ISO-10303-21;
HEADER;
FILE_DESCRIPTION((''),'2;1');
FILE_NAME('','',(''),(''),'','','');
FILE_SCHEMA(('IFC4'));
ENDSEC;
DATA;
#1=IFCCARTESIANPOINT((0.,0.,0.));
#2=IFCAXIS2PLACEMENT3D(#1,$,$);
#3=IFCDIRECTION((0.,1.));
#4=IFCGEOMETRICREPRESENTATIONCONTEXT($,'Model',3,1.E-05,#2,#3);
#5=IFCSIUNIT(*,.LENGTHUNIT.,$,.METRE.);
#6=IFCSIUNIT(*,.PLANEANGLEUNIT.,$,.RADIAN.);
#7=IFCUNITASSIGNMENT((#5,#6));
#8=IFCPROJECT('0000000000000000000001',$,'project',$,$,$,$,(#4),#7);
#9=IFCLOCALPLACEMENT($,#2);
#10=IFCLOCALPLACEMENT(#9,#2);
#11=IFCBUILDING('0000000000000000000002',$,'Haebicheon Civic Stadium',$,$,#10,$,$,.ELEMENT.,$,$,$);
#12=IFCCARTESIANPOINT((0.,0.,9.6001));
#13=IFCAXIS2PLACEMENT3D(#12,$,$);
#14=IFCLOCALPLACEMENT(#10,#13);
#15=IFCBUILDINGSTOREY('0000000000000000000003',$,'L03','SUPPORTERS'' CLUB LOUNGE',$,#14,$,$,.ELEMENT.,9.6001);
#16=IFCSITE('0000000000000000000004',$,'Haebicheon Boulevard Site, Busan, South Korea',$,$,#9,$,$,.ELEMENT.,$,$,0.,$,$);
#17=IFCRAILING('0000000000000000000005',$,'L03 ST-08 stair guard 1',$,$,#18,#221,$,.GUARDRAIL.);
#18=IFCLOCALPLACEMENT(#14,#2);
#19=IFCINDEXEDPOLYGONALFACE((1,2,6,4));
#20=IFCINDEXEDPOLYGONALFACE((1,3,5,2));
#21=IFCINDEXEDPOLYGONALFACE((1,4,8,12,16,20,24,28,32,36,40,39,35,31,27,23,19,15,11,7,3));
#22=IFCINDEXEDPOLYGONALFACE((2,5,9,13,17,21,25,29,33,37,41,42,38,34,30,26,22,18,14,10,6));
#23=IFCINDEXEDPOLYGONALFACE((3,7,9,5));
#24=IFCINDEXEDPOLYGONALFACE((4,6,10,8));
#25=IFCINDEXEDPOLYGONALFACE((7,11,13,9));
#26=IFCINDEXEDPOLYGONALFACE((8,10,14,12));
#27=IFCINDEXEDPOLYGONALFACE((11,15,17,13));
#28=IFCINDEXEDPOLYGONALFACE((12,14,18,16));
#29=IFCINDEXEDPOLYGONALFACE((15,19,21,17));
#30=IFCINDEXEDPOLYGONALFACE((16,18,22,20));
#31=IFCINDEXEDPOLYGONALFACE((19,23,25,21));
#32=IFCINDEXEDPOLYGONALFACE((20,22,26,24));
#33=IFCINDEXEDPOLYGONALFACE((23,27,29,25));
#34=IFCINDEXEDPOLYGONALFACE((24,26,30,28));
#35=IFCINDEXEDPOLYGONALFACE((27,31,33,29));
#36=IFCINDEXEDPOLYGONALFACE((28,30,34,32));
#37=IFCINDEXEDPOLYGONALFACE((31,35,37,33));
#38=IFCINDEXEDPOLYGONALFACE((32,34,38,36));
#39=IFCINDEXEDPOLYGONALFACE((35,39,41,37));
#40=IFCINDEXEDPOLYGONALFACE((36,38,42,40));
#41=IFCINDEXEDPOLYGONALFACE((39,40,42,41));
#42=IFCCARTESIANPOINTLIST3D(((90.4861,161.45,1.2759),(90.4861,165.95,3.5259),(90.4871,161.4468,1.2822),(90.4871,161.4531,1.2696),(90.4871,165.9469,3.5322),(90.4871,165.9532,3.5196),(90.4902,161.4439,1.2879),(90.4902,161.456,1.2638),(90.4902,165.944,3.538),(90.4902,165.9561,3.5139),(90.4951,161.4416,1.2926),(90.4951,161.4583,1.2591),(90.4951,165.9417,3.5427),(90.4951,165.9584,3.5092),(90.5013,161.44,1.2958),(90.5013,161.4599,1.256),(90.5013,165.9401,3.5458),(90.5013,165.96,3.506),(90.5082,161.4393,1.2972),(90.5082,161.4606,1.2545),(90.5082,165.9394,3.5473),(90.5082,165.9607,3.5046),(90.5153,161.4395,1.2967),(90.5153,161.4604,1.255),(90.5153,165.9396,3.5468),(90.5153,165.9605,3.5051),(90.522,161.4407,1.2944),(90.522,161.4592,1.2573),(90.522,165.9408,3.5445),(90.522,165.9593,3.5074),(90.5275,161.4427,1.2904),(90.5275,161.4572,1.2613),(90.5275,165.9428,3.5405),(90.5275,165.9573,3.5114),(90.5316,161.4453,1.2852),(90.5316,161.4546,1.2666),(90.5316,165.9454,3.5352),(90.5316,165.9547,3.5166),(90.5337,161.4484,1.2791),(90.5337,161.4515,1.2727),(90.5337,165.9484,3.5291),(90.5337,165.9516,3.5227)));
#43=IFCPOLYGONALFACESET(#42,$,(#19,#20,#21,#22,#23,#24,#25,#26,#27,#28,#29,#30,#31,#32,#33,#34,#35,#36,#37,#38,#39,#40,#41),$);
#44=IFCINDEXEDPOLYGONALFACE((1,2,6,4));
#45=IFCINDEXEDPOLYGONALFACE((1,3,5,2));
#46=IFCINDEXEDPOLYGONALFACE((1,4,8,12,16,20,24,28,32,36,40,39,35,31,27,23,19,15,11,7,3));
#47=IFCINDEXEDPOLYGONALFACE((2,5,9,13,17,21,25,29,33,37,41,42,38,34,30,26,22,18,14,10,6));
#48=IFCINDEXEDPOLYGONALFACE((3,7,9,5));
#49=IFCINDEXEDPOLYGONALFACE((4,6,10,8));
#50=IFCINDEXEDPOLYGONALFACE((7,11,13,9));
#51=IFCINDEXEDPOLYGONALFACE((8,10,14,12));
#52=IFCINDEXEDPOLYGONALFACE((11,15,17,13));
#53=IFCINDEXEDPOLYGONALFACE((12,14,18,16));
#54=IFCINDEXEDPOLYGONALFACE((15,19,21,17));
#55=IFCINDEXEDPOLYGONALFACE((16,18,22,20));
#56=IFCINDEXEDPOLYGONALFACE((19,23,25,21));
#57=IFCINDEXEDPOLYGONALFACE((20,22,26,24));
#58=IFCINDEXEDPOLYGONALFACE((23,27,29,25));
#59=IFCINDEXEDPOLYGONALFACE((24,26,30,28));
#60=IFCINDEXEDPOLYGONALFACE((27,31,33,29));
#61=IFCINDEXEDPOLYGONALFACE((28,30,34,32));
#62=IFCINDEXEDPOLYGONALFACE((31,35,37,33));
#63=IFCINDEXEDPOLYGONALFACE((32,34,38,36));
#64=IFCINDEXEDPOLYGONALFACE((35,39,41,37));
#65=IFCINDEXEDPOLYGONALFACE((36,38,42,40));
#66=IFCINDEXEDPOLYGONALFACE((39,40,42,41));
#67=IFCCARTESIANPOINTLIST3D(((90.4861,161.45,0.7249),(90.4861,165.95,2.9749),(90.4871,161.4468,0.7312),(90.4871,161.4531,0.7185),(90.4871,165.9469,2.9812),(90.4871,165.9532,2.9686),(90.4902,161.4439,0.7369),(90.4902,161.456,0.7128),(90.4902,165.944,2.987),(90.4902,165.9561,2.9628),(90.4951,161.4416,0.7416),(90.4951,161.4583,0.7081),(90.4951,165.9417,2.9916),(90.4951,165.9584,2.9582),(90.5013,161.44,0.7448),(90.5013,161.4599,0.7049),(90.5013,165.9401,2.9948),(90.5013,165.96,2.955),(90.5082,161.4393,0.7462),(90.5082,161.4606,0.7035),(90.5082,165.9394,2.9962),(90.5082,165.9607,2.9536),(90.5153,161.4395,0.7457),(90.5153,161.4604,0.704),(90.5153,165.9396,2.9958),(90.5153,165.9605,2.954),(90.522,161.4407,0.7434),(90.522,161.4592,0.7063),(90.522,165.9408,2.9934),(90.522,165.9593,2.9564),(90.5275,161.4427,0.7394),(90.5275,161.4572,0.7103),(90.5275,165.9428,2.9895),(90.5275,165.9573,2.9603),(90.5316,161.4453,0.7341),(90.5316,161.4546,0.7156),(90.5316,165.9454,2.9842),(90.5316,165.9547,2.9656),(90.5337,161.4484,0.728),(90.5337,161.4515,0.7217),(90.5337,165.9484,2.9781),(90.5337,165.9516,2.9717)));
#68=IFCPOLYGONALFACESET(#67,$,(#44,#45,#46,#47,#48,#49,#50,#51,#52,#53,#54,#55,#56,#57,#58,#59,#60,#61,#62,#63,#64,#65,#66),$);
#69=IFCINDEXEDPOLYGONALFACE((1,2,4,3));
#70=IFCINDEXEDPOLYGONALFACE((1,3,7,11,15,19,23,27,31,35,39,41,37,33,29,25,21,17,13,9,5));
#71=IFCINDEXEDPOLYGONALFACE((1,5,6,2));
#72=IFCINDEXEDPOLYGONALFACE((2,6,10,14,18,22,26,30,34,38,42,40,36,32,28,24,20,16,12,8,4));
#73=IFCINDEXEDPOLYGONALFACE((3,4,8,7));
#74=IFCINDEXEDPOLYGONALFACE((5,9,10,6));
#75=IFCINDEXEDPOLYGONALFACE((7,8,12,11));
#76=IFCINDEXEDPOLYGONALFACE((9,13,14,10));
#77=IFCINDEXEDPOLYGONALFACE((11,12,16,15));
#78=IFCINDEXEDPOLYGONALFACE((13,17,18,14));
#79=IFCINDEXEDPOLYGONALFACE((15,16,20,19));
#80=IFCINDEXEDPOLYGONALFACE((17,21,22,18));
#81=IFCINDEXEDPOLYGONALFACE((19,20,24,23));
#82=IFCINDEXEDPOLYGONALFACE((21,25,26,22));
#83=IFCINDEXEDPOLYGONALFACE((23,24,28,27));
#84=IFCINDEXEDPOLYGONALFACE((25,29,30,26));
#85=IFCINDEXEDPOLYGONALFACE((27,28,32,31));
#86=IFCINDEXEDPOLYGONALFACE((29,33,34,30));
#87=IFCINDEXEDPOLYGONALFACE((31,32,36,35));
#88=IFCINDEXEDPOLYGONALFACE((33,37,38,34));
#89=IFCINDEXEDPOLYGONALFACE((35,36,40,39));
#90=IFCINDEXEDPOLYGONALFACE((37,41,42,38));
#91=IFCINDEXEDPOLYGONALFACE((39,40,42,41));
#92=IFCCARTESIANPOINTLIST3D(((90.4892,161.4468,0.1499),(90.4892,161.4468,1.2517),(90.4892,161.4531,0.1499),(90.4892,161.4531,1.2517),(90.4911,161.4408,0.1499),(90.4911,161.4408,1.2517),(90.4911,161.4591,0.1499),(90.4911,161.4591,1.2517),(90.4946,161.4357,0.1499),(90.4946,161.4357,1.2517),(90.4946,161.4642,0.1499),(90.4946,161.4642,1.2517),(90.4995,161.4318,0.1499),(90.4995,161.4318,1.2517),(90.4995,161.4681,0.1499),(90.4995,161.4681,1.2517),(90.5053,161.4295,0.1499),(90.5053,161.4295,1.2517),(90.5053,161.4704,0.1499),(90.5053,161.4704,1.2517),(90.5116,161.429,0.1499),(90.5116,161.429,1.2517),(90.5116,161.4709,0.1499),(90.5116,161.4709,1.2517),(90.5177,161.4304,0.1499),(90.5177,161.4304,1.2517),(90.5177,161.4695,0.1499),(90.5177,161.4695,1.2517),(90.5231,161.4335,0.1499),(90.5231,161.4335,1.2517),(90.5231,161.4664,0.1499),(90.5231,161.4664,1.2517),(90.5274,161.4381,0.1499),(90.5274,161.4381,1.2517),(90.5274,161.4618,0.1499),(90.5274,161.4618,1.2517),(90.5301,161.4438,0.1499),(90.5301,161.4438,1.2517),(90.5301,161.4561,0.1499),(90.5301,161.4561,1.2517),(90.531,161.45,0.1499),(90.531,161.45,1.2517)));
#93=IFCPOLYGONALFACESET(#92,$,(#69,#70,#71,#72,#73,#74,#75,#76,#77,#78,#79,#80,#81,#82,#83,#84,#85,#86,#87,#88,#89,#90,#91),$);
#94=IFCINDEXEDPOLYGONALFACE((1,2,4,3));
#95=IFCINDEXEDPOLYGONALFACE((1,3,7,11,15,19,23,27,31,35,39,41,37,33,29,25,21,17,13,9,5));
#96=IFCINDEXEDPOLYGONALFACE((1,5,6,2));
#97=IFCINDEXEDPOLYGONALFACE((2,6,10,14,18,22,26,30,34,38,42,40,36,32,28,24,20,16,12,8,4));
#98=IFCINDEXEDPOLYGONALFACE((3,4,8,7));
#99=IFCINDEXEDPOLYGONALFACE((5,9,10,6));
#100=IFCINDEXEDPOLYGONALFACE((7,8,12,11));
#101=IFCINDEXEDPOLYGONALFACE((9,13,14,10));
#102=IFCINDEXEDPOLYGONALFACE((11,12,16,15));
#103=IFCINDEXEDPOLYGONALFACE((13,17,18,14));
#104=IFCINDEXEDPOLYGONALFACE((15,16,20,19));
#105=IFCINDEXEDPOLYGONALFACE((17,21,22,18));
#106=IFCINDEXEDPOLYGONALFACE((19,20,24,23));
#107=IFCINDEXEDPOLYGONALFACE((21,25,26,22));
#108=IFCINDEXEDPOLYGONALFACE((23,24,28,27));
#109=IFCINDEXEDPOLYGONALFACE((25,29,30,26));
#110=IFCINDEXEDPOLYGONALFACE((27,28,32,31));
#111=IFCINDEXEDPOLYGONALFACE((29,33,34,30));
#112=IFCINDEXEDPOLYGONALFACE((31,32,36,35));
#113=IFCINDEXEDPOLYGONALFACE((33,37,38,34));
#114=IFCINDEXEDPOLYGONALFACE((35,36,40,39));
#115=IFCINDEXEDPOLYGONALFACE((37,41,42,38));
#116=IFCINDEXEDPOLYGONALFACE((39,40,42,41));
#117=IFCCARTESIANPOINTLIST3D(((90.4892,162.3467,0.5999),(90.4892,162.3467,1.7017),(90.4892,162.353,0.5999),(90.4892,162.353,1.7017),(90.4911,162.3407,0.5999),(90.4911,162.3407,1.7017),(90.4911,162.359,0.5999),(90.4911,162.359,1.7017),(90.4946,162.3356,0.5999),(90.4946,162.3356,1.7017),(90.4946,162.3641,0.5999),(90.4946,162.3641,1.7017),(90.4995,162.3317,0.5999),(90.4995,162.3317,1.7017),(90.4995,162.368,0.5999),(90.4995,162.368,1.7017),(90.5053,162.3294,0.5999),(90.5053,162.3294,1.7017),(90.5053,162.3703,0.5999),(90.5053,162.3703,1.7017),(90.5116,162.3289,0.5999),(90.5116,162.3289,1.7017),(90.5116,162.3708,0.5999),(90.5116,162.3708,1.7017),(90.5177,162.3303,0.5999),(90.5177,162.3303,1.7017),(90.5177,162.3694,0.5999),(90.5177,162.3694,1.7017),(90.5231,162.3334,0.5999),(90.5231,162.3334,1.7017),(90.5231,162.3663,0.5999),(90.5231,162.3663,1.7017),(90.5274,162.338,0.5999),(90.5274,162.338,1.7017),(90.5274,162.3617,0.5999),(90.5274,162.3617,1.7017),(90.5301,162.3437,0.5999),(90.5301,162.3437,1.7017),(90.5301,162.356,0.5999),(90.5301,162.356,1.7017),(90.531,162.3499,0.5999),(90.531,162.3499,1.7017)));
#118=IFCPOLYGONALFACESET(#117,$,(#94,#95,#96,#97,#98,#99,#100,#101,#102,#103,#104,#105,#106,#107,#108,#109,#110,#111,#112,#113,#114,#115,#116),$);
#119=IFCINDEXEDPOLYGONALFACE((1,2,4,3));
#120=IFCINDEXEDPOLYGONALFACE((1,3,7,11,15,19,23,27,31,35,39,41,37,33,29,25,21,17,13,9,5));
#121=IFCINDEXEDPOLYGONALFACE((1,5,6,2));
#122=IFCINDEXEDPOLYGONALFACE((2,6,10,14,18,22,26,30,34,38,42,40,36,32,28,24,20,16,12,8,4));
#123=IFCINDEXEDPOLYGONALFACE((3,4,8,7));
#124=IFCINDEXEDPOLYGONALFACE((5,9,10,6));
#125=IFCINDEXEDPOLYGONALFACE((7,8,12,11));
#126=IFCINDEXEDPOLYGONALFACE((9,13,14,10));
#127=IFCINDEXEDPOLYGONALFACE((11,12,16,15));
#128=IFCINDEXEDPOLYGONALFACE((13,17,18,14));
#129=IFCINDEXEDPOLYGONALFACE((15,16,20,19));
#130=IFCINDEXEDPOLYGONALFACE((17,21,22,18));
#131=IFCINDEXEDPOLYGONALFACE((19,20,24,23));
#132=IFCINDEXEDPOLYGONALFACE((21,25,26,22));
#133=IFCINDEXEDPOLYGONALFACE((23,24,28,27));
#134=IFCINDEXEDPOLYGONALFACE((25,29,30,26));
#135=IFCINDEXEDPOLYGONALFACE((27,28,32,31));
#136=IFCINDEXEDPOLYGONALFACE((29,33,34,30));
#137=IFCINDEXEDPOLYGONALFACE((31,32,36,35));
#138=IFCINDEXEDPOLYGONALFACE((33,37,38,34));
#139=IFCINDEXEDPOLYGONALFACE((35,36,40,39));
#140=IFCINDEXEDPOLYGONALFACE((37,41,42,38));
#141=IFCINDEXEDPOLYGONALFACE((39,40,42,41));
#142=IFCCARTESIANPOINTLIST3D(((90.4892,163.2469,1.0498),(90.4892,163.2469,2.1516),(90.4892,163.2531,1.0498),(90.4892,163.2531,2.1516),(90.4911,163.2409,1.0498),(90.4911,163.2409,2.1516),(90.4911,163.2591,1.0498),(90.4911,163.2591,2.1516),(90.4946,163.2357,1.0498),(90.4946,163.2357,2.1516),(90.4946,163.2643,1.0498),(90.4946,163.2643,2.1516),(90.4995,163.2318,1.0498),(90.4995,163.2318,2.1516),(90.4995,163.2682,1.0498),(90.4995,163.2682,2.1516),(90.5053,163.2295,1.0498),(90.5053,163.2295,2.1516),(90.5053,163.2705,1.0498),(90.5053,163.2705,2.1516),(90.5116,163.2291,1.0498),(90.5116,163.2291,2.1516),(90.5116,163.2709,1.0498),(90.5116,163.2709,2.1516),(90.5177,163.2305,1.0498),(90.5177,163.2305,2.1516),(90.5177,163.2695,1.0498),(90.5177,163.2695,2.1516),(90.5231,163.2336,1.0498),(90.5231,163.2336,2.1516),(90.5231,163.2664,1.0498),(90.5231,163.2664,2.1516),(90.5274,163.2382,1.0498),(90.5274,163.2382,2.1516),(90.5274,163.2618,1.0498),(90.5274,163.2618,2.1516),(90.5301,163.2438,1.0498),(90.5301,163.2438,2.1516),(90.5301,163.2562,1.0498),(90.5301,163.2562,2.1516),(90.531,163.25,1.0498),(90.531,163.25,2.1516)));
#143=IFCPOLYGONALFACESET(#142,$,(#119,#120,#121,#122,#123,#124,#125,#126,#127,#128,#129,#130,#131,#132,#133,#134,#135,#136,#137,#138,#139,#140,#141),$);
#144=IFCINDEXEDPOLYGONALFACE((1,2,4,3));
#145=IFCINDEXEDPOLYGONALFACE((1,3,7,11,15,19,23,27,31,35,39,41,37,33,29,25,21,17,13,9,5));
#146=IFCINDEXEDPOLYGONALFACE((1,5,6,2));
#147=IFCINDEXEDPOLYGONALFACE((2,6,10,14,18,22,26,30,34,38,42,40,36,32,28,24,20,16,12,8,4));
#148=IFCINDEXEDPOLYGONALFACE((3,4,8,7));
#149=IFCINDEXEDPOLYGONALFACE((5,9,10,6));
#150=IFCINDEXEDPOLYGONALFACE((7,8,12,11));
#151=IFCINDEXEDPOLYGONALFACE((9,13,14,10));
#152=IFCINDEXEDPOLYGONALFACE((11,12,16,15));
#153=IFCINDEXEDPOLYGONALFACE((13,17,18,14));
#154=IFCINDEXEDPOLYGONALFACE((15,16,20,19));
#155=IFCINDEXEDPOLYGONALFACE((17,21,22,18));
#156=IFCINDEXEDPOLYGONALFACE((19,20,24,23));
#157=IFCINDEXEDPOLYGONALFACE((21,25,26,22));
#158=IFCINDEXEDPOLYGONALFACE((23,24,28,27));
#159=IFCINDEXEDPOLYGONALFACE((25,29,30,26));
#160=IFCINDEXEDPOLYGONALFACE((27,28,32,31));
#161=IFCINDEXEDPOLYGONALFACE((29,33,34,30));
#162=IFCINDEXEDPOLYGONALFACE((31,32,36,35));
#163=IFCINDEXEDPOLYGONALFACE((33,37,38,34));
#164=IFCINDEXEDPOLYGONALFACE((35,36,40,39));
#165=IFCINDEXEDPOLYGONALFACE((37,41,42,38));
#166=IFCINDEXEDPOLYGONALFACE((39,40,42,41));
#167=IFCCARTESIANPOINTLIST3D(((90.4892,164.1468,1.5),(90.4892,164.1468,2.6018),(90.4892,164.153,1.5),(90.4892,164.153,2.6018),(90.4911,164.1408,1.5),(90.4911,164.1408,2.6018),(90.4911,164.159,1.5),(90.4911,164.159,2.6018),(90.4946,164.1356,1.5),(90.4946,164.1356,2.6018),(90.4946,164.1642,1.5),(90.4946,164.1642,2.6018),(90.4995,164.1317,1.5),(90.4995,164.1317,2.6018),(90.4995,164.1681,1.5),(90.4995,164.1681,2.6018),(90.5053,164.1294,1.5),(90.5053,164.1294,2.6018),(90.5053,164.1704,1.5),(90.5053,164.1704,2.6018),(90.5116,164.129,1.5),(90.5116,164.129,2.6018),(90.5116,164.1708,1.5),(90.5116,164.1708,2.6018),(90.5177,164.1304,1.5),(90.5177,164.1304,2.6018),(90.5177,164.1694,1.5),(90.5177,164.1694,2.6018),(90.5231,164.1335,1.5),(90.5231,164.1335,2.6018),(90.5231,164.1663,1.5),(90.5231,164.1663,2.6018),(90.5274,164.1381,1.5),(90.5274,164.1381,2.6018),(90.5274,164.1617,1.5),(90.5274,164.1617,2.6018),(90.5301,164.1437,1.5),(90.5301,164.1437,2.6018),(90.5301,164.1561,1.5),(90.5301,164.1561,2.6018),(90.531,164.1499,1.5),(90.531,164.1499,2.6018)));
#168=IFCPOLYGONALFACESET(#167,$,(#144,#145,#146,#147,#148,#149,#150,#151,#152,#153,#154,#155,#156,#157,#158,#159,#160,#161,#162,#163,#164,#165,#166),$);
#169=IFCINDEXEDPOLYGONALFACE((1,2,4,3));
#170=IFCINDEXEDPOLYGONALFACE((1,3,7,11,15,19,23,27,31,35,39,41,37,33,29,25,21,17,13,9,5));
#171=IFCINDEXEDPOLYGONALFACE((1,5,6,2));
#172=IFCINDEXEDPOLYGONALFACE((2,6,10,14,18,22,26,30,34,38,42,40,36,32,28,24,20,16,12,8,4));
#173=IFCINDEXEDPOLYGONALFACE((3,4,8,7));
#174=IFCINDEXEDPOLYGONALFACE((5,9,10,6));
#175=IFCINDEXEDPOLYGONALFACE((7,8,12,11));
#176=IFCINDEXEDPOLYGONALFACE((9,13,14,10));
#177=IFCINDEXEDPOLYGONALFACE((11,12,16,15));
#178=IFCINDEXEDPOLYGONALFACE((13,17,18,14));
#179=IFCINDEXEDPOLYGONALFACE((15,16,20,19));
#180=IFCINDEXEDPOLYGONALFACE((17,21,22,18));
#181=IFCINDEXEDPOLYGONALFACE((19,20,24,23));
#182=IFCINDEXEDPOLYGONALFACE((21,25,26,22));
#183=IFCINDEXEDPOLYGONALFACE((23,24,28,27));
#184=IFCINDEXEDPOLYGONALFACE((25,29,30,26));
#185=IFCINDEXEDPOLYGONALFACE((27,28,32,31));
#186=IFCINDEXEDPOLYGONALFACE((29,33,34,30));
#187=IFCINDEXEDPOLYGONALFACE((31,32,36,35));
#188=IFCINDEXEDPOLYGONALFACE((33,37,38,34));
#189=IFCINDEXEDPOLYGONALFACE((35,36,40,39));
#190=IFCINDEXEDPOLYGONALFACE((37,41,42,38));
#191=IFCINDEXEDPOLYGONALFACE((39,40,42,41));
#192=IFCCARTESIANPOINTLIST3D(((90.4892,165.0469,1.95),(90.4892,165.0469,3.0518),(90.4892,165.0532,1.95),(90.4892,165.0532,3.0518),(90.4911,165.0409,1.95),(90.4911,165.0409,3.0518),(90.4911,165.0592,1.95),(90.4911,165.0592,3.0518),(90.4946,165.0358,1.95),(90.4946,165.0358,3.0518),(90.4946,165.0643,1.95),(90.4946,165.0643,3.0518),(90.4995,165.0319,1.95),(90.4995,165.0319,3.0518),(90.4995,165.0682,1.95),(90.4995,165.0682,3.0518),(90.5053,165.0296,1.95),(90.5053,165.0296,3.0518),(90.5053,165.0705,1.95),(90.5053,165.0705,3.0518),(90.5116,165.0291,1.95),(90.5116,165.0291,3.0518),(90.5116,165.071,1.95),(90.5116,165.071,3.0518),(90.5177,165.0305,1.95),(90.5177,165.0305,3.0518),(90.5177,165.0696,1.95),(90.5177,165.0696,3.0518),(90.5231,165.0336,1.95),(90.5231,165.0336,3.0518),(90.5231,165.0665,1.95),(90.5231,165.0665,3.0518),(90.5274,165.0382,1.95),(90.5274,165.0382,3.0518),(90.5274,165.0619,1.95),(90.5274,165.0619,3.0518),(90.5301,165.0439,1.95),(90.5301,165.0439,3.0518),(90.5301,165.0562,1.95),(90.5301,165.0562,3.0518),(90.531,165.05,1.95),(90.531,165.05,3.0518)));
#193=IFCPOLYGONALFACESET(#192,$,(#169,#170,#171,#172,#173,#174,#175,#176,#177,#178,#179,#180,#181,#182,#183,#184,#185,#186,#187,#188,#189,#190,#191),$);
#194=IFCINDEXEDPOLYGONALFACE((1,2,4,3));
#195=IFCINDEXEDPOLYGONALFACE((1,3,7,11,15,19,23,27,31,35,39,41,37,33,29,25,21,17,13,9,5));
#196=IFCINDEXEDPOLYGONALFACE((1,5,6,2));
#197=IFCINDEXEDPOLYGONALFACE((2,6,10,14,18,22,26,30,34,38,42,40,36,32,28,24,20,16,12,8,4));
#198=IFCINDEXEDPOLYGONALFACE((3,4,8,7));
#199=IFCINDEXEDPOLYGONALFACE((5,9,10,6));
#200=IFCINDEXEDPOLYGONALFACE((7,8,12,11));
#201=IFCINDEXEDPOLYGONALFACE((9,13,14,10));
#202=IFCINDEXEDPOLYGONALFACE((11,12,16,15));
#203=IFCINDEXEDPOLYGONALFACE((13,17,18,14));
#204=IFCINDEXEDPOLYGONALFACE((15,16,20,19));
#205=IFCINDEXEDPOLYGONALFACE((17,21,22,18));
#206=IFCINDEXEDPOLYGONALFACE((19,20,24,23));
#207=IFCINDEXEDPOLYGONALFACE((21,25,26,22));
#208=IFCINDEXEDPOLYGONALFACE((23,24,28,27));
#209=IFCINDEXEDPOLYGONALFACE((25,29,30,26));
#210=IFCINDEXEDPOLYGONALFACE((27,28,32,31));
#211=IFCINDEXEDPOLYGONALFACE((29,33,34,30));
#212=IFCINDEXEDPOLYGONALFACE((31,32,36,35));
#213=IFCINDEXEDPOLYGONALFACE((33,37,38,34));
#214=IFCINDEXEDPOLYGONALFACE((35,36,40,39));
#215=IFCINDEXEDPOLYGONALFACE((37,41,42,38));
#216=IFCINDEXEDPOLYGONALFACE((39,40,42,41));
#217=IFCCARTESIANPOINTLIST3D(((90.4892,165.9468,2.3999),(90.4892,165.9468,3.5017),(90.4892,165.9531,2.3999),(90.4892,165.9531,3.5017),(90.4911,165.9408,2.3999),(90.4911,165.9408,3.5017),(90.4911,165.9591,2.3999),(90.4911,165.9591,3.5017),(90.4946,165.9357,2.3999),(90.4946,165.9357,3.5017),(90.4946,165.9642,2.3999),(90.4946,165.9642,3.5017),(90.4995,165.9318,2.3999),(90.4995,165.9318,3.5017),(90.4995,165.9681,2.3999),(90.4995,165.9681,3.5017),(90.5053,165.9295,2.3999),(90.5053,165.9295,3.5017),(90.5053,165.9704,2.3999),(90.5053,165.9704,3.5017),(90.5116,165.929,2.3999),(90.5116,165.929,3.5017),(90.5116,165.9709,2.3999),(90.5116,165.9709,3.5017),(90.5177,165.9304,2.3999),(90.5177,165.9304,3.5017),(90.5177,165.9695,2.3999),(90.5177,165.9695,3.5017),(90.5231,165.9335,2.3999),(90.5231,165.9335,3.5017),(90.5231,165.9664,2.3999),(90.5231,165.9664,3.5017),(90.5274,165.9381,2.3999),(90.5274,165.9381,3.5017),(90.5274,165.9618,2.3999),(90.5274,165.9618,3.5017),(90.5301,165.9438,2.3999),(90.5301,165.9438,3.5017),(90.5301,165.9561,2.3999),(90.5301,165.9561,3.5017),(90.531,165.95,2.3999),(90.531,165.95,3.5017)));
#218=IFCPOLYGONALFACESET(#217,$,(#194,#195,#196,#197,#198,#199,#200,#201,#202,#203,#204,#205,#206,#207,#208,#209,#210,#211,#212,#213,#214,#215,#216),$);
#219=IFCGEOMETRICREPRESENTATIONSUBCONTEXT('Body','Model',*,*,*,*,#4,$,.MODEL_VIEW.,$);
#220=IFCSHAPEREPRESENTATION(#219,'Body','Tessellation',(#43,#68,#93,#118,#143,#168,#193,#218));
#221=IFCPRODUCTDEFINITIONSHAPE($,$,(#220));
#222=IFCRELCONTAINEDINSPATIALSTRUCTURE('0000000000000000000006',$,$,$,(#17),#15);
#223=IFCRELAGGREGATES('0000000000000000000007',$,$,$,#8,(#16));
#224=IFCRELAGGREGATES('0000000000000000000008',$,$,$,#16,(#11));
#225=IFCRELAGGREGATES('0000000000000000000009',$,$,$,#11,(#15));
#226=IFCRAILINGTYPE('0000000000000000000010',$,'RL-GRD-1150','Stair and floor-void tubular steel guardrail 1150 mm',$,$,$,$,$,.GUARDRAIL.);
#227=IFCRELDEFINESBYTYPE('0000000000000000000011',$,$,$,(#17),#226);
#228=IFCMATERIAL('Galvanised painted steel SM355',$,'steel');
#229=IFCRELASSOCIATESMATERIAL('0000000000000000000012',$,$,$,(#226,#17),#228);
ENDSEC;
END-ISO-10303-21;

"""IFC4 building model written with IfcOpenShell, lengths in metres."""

from ifc_helpers import new_model, si_unit, direction, frame, origin, origin_2d, place, context, subcontext, project, spatial, circle, extrude, material, type_object, element, save


model = new_model("IFC4")

# Units and contexts
model_context = context("Model", 3, precision=1e-05, world=origin(), true_north=direction((0.0, 1.0)))
body_context = subcontext(model_context, "Body", "Model", "MODEL_VIEW")
ifc_project = project(units=[si_unit("LENGTHUNIT", "METRE"), si_unit("PLANEANGLEUNIT", "RADIAN")], contexts=[model_context])

# Site, building, storey
site_placement = place(None, origin())
site = spatial("IfcSite", under=ifc_project, at=site_placement, Name="Haebicheon Boulevard Site, Busan, South Korea", CompositionType="ELEMENT", RefElevation=0.0)
building_placement = place(site_placement, origin())
building = spatial("IfcBuilding", under=site, at=building_placement, Name="Haebicheon Civic Stadium", CompositionType="ELEMENT")
storey_placement = place(building_placement, frame((0.0, 0.0, 9.6001)))
storey = spatial("IfcBuildingStorey", under=building, at=storey_placement, Name="L03", Description="SUPPORTERS' CLUB LOUNGE", CompositionType="ELEMENT", Elevation=9.6001)

# Railing
ifc_material_1 = material(Name="Galvanised painted steel SM355", Category="steel")
railing_type_1 = type_object("IfcRailingType", Name="RL-GRD-1150", Description="Stair and floor-void tubular steel guardrail 1150 mm", PredefinedType="GUARDRAIL", material=ifc_material_1)
railing_1_placement = place(storey_placement, frame((90.51, 161.45, 0.1499)))
element("IfcRailing", 1, at=railing_1_placement, inside=storey, type_object=railing_type_1, material=ifc_material_1, Name="L03 ST-08 stair guard 1", PredefinedType="GUARDRAIL", context=body_context, shape_type="SweptSolid", body=[
    extrude(circle(Radius=0.0239, at=origin_2d()), frame((0.0, 0.0, 1.126), z_axis=(0.0, 0.894427, 0.447214), x_axis=(-1.0, 0.0, 0.0)), (0.0, 0.0, 1.0), 5.0312),
    extrude(circle(Radius=0.0239, at=origin_2d()), frame((0.0, 0.0, 0.575), z_axis=(0.0, 0.894427, 0.447214), x_axis=(-1.0, 0.0, 0.0)), (0.0, 0.0, 1.0), 5.0312),
    extrude(circle(Radius=0.021, at=origin_2d()), origin(), (0.0, 0.0, 1.0), 1.1018),
    extrude(circle(Radius=0.021, at=origin_2d()), frame((0.0, 0.8999, 0.45)), (0.0, 0.0, 1.0), 1.1018),
    extrude(circle(Radius=0.021, at=origin_2d()), frame((0.0, 1.8, 0.8999)), (0.0, 0.0, 1.0), 1.1018),
    extrude(circle(Radius=0.021, at=origin_2d()), frame((0.0, 2.7, 1.3501)), (0.0, 0.0, 1.0), 1.1018),
    extrude(circle(Radius=0.021, at=origin_2d()), frame((0.0, 3.6001, 1.8)), (0.0, 0.0, 1.0), 1.1018),
    extrude(circle(Radius=0.021, at=origin_2d()), frame((0.0, 4.5, 2.25)), (0.0, 0.0, 1.0), 1.1018),
])

save(model, "model.ifc")
